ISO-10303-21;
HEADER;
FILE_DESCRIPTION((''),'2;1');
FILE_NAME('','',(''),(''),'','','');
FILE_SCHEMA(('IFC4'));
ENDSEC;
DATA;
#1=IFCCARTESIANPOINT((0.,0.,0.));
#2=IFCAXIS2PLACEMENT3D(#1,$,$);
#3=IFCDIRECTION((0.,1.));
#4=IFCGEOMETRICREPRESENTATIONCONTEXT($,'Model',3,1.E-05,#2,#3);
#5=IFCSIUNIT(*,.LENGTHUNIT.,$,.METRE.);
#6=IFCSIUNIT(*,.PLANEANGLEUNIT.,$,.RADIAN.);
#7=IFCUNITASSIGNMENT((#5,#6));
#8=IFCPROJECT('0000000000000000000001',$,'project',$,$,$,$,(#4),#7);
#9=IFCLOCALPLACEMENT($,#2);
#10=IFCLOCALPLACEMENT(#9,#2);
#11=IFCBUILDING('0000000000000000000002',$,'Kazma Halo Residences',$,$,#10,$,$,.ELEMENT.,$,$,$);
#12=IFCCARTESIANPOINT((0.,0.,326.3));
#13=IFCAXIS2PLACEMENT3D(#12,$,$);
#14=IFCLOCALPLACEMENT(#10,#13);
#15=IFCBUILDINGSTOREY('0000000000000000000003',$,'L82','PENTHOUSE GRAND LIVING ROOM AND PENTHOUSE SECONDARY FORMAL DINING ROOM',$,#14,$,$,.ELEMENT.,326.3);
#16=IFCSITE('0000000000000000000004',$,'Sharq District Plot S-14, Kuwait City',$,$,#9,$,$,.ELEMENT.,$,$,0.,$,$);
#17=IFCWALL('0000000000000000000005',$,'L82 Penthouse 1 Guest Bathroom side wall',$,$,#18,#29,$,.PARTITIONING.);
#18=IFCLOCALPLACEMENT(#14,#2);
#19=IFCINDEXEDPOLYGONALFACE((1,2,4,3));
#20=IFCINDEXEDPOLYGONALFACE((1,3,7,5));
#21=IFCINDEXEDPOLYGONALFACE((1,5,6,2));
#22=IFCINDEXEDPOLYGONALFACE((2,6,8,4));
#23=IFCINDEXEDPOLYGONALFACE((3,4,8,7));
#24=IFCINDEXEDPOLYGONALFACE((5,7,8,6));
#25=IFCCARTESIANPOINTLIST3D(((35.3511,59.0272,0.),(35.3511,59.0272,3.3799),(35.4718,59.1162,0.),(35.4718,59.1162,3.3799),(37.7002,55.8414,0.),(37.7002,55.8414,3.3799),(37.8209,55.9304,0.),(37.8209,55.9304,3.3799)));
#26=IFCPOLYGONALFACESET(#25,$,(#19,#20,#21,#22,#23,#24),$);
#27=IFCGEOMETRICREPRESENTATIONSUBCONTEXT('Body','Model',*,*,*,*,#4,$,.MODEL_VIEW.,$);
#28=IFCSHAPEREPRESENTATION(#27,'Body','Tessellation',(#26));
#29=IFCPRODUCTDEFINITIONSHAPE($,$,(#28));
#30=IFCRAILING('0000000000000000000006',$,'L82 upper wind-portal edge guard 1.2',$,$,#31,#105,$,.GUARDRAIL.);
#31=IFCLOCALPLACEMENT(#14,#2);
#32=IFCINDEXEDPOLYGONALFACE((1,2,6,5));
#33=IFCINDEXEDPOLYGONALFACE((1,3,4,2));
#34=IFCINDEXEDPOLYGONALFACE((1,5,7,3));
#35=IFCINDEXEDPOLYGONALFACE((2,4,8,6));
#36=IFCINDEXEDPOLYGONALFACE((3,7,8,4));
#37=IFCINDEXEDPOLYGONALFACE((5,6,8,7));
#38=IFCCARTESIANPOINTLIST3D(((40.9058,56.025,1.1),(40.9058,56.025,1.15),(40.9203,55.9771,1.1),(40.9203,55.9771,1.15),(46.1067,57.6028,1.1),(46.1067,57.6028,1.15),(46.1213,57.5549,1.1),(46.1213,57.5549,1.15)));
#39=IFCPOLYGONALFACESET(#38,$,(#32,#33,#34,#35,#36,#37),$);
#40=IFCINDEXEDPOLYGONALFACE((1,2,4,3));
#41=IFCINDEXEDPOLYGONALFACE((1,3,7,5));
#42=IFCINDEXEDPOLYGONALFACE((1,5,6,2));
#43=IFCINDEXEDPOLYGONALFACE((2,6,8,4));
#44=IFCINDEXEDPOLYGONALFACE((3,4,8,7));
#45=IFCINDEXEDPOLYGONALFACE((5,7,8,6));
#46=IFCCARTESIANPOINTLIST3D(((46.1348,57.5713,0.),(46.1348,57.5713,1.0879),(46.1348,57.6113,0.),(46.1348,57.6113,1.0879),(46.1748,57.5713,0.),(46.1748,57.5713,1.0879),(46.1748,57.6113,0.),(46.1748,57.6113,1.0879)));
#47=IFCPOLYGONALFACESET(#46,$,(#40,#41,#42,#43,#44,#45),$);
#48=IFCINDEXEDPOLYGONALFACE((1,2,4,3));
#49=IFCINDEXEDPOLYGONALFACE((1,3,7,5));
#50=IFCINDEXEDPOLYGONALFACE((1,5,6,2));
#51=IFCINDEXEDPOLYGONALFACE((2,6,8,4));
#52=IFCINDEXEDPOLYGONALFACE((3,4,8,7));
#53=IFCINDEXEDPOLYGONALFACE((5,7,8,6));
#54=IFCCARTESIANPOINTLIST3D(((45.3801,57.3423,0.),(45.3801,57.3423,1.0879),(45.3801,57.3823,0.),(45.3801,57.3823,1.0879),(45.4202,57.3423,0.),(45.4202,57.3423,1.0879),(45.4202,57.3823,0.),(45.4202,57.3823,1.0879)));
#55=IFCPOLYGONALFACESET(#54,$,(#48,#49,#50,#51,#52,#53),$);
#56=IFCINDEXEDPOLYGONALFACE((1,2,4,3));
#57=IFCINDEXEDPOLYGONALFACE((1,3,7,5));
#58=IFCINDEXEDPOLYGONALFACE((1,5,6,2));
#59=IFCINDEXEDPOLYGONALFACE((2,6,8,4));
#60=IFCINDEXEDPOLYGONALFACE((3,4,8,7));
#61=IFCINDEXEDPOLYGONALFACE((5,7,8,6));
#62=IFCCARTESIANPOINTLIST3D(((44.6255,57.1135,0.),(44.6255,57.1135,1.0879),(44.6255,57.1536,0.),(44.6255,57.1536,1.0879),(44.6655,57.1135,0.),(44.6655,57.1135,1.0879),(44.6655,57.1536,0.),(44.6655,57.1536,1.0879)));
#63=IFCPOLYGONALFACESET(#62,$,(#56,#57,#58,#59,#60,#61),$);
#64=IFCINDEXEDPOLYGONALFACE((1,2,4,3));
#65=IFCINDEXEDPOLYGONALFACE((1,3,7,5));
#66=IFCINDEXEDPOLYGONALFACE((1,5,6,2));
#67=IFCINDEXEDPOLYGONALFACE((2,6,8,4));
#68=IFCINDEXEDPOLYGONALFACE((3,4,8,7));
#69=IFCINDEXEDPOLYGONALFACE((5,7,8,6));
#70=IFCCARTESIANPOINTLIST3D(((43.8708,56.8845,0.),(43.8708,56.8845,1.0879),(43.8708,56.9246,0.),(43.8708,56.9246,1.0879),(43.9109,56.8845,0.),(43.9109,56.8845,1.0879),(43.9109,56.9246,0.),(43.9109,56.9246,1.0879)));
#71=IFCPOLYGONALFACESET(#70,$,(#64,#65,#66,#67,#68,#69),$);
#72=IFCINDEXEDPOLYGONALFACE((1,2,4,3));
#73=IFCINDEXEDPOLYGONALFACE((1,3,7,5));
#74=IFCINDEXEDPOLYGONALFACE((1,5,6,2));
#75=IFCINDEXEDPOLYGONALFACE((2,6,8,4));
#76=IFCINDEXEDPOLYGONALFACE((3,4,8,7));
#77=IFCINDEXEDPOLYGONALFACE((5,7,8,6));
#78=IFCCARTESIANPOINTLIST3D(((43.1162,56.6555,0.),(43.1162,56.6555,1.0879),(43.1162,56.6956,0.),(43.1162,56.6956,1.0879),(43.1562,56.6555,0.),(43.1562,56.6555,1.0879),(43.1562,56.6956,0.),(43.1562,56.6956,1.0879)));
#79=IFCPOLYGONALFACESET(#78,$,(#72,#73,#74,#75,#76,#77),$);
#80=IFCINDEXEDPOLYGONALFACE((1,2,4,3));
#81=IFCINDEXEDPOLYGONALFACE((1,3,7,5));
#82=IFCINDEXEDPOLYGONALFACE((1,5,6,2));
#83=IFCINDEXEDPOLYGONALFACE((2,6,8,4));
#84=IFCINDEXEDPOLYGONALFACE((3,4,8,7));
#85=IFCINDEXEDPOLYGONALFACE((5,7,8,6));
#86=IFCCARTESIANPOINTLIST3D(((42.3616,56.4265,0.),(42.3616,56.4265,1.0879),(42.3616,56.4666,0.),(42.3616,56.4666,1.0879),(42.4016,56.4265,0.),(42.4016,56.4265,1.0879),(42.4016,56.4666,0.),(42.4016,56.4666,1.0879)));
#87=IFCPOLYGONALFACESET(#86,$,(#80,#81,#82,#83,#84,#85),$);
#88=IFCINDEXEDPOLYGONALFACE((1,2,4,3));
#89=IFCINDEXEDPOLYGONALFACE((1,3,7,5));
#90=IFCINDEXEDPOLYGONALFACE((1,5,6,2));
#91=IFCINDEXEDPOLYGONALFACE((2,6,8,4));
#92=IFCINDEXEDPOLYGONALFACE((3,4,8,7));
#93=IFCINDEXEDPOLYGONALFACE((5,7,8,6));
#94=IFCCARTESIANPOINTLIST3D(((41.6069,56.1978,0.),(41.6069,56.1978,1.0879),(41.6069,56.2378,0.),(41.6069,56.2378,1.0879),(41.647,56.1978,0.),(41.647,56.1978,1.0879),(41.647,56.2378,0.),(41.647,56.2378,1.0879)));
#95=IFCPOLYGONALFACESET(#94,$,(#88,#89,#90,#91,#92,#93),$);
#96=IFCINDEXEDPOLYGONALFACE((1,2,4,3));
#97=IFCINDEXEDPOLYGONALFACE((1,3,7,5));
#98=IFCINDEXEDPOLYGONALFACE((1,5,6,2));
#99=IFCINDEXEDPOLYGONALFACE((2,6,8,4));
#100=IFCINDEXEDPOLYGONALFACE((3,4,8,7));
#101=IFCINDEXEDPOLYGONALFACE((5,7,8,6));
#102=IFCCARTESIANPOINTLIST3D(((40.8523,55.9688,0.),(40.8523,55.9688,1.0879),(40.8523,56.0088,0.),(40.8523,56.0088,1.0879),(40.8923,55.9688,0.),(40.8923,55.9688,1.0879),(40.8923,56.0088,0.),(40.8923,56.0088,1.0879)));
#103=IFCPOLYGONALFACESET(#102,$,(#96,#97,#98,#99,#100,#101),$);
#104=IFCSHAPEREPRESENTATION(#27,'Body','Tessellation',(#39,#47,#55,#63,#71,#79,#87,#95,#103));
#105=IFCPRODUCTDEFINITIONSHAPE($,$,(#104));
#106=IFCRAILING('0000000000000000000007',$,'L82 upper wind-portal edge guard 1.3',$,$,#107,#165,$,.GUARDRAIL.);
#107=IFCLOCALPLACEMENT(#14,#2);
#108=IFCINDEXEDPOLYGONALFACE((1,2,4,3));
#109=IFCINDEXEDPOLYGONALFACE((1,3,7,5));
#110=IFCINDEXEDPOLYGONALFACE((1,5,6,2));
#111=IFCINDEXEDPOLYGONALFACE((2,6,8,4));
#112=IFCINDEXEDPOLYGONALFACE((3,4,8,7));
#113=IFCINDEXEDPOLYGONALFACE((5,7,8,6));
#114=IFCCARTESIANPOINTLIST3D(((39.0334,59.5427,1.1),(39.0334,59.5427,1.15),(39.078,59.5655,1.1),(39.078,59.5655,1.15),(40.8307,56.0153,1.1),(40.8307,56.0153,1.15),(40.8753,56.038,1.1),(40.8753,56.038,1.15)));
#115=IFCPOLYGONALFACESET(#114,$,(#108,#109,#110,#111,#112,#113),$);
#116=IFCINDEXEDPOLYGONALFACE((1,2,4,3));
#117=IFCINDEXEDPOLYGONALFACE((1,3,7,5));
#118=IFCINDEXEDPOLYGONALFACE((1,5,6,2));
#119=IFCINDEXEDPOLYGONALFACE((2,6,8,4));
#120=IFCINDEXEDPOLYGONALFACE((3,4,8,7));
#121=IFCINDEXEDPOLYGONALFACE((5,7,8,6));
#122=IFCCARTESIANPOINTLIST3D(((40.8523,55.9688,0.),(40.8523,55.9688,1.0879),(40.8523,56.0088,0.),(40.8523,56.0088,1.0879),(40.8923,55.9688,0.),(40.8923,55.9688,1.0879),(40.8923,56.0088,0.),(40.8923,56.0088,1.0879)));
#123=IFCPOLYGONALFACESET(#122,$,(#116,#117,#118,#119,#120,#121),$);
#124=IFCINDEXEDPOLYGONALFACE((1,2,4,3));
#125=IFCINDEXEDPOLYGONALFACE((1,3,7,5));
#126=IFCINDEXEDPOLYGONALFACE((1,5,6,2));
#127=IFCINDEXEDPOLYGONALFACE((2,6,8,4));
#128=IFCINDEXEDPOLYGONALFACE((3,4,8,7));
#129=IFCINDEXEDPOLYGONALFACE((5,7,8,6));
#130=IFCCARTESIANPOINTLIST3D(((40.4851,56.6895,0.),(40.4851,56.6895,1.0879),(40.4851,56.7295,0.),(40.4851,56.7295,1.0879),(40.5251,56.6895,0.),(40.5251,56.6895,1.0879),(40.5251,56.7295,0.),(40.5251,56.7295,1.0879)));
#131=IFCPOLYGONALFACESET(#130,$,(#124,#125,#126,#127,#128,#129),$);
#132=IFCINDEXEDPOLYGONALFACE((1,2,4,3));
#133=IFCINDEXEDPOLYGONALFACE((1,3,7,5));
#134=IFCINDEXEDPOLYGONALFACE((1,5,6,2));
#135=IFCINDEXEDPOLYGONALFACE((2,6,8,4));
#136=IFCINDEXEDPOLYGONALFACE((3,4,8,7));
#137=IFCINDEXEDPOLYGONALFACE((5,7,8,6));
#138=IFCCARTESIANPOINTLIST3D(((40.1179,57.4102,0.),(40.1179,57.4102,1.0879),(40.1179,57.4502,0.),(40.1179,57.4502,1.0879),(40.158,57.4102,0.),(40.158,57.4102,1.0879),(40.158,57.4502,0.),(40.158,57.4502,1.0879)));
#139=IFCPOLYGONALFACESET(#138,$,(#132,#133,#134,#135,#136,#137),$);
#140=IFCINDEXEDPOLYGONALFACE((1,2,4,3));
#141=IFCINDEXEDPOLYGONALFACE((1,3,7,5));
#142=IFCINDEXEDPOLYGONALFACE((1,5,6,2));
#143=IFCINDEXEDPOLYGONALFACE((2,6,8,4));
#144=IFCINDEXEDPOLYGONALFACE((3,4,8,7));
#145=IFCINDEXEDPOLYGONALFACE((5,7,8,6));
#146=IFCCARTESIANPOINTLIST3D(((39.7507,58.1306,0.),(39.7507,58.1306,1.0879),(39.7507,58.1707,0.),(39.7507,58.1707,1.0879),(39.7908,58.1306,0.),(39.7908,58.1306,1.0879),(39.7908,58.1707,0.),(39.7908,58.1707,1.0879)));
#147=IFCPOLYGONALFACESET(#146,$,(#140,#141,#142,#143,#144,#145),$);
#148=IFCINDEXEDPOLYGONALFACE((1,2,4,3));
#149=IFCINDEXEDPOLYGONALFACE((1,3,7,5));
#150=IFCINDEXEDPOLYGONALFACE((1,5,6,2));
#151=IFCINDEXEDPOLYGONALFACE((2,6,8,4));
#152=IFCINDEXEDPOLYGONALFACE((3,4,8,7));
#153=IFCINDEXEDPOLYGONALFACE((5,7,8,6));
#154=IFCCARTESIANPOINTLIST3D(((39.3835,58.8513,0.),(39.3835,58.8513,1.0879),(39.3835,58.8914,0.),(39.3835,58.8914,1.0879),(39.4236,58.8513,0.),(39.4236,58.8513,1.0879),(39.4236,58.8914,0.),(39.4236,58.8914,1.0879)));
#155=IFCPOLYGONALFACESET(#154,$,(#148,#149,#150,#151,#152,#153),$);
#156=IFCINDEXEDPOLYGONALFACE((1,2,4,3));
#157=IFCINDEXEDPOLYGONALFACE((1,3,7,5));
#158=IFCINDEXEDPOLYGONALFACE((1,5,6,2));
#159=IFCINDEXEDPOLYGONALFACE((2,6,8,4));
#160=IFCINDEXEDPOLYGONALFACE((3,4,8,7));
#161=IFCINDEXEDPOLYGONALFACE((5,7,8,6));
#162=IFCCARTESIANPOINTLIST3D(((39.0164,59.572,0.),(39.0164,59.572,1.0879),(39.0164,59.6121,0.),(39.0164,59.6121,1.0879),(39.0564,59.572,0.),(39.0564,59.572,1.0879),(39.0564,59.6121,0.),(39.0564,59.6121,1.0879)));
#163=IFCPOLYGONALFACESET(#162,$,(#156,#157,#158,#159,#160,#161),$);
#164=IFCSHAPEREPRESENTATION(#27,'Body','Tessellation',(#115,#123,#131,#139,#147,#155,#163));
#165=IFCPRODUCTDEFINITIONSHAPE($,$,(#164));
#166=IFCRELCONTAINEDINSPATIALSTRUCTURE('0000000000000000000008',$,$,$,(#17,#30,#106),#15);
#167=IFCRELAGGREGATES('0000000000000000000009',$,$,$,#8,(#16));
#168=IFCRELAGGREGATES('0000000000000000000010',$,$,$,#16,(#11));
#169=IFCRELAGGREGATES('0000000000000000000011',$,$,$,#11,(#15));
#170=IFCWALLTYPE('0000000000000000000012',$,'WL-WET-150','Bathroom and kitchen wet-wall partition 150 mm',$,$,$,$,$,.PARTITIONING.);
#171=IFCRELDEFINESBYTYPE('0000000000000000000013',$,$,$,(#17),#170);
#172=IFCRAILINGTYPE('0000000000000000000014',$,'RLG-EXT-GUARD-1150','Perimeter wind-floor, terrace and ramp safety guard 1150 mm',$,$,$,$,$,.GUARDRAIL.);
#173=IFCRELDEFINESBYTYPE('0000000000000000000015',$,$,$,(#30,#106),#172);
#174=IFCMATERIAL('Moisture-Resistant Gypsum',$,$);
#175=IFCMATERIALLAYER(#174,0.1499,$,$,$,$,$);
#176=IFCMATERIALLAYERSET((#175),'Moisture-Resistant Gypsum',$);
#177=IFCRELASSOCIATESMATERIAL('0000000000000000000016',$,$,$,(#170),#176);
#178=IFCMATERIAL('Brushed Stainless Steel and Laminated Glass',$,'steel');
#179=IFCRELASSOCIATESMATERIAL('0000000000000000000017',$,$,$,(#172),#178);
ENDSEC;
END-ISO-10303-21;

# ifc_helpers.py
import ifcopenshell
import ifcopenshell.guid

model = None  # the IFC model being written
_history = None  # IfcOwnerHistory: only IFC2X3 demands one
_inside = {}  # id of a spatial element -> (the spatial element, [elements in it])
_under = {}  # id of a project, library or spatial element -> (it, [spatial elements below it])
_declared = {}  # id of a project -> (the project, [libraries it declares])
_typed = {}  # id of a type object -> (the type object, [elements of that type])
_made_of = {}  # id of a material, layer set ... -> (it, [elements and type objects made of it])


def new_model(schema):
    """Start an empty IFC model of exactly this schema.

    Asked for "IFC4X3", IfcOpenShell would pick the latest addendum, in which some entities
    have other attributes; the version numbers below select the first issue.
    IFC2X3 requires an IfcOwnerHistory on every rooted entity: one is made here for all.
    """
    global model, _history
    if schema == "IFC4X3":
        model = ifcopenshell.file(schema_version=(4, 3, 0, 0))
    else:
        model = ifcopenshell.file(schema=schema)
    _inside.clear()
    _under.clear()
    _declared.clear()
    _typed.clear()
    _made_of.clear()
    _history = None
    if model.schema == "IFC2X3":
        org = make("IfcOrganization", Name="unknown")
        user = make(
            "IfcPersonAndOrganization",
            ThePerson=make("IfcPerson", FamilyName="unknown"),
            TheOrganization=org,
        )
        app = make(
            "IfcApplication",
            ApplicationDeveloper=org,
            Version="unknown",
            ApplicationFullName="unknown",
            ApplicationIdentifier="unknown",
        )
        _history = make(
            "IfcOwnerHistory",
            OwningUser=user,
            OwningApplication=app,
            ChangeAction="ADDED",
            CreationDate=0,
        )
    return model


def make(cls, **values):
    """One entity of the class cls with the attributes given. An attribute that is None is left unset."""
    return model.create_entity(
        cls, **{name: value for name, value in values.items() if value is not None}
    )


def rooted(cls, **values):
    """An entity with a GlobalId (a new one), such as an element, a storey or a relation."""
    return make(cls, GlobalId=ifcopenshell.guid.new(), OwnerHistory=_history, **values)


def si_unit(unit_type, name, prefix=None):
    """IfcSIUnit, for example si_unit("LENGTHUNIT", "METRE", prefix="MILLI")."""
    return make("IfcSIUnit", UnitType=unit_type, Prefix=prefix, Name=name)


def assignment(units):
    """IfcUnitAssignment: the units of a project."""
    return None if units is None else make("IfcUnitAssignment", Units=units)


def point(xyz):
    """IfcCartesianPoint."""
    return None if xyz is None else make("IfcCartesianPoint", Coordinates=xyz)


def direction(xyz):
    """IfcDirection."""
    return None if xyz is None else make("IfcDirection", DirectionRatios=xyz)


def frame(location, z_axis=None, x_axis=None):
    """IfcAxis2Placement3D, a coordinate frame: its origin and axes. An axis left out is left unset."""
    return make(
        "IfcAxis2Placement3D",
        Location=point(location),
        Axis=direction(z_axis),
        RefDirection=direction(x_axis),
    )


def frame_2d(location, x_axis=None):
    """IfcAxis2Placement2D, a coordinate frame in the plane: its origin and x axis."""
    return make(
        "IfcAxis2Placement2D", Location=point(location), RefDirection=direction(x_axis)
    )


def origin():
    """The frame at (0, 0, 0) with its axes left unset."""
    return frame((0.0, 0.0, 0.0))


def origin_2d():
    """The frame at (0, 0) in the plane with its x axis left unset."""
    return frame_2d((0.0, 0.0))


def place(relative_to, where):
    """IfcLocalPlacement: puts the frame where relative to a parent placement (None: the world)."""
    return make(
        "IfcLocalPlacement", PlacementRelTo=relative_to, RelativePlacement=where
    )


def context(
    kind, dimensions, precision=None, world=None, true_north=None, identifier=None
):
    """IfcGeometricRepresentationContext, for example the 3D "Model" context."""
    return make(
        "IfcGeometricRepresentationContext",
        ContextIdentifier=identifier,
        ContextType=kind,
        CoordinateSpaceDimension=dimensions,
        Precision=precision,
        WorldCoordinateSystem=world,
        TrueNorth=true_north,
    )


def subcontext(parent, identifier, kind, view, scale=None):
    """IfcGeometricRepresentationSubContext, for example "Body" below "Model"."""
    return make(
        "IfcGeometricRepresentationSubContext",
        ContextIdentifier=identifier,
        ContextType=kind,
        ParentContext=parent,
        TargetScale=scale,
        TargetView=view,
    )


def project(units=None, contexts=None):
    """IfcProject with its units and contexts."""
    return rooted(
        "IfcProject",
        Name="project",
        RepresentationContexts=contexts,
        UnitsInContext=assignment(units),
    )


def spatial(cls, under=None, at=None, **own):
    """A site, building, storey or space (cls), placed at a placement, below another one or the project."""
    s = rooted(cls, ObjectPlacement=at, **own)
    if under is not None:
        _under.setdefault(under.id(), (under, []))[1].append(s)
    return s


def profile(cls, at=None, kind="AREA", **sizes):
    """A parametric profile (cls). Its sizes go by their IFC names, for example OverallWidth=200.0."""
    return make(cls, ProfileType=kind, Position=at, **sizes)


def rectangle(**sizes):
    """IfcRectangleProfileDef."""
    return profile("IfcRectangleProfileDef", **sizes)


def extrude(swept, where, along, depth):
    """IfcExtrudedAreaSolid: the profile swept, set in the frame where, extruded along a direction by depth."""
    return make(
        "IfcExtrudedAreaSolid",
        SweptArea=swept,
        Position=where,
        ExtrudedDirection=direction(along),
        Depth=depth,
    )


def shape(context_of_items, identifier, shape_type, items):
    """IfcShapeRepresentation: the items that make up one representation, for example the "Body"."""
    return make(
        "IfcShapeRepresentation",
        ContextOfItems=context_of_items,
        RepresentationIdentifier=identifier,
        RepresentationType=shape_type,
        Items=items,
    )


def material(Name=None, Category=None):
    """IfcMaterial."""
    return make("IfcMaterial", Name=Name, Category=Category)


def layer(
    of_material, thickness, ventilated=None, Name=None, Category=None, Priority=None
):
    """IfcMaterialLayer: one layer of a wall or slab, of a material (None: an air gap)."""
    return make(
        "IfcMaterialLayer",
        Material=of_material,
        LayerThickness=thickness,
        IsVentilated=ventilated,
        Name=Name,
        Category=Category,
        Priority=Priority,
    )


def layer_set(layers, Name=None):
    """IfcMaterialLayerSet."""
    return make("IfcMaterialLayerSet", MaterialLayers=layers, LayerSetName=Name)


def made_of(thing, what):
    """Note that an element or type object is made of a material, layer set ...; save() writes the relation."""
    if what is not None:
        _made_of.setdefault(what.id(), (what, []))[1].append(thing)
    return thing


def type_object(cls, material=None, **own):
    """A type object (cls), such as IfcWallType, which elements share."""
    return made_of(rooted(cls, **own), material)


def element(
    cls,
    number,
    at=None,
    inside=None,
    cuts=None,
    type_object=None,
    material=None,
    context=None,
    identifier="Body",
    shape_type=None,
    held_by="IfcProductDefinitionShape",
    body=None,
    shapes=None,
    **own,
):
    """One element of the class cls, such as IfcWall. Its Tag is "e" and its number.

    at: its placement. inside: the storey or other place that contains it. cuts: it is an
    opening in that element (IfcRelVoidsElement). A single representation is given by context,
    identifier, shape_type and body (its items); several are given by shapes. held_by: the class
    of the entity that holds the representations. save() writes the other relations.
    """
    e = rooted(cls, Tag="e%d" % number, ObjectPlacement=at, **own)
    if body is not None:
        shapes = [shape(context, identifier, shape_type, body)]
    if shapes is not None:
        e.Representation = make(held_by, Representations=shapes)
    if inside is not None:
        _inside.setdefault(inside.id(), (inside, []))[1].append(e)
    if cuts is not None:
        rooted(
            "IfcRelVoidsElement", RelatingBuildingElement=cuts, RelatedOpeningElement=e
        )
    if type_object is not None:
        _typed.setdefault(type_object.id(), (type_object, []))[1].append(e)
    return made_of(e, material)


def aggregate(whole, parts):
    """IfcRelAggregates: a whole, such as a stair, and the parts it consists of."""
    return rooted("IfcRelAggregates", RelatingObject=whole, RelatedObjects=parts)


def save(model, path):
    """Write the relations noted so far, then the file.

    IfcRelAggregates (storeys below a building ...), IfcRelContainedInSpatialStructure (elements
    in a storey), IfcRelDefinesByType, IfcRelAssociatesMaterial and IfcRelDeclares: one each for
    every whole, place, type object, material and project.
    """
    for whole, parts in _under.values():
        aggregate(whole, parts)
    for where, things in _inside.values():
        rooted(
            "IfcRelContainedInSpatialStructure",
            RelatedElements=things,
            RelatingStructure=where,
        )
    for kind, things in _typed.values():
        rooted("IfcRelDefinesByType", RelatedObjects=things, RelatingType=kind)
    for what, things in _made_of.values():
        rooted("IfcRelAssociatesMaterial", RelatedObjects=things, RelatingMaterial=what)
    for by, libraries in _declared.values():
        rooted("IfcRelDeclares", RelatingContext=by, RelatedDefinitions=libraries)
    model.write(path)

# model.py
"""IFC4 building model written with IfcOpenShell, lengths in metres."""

from ifc_helpers import new_model, si_unit, direction, frame, frame_2d, origin, origin_2d, place, context, subcontext, project, spatial, rectangle, extrude, material, layer, layer_set, type_object, element, save


model = new_model("IFC4")

# Units and contexts
model_context = context("Model", 3, precision=1e-05, world=origin(), true_north=direction((0.0, 1.0)))
body_context = subcontext(model_context, "Body", "Model", "MODEL_VIEW")
ifc_project = project(units=[si_unit("LENGTHUNIT", "METRE"), si_unit("PLANEANGLEUNIT", "RADIAN")], contexts=[model_context])

# Site, building, storey
site_placement = place(None, origin())
site = spatial("IfcSite", under=ifc_project, at=site_placement, Name="Sharq District Plot S-14, Kuwait City", CompositionType="ELEMENT", RefElevation=0.0)
building_placement = place(site_placement, origin())
building = spatial("IfcBuilding", under=site, at=building_placement, Name="Kazma Halo Residences", CompositionType="ELEMENT")
storey_placement = place(building_placement, frame((0.0, 0.0, 326.3)))
storey = spatial("IfcBuildingStorey", under=building, at=storey_placement, Name="L82", Description="PENTHOUSE GRAND LIVING ROOM AND PENTHOUSE SECONDARY FORMAL DINING ROOM", CompositionType="ELEMENT", Elevation=326.3)

# Shared definitions
ifc_material_1 = material(Name="Moisture-Resistant Gypsum")
ifc_layer_1 = layer(ifc_material_1, 0.1499)
ifc_layer_set_1 = layer_set([ifc_layer_1], Name="Moisture-Resistant Gypsum")
wall_type_1 = type_object("IfcWallType", Name="WL-WET-150", Description="Bathroom and kitchen wet-wall partition 150 mm", PredefinedType="PARTITIONING", material=ifc_layer_set_1)

# Wall
wall_1_placement = place(storey_placement, frame((37.7605, 55.886, 0.0), z_axis=(0.0, 0.0, 1.0), x_axis=(-0.593477, 0.804851, 0.0)))
element("IfcWall", 1, at=wall_1_placement, inside=storey, type_object=wall_type_1, Name="L82 Penthouse 1 Guest Bathroom side wall", PredefinedType="PARTITIONING", context=body_context, shape_type="SweptSolid", body=[
    extrude(rectangle(XDim=3.9583, YDim=0.1499, at=frame_2d((1.979, 0.0))), origin(), (0.0, 0.0, 1.0), 3.3799),
])

# Railings
ifc_material_2 = material(Name="Brushed Stainless Steel and Laminated Glass", Category="steel")
railing_type = type_object("IfcRailingType", Name="RLG-EXT-GUARD-1150", Description="Perimeter wind-floor, terrace and ramp safety guard 1150 mm", PredefinedType="GUARDRAIL", material=ifc_material_2)
railing_1_placement = place(storey_placement, frame((46.1548, 57.5913, 0.0)))
element("IfcRailing", 2, at=railing_1_placement, inside=storey, type_object=railing_type, Name="L82 upper wind-portal edge guard 1.2", PredefinedType="GUARDRAIL", context=body_context, shape_type="SweptSolid", body=[
    extrude(rectangle(XDim=0.05, YDim=0.05, at=origin_2d()), frame((-0.0408, -0.0125, 1.125), z_axis=(-0.956934, -0.290304, 0.0), x_axis=(0.290304, -0.956934, 0.0)), (0.0, 0.0, 1.0), 5.4351),
    extrude(rectangle(XDim=0.04, YDim=0.04, at=origin_2d()), origin(), (0.0, 0.0, 1.0), 1.0879),
    extrude(rectangle(XDim=0.04, YDim=0.04, at=origin_2d()), frame((-0.7546, -0.229, 0.0)), (0.0, 0.0, 1.0), 1.0879),
    extrude(rectangle(XDim=0.04, YDim=0.04, at=origin_2d()), frame((-1.5093, -0.4578, 0.0)), (0.0, 0.0, 1.0), 1.0879),
    extrude(rectangle(XDim=0.04, YDim=0.04, at=origin_2d()), frame((-2.2639, -0.6868, 0.0)), (0.0, 0.0, 1.0), 1.0879),
    extrude(rectangle(XDim=0.04, YDim=0.04, at=origin_2d()), frame((-3.0186, -0.9158, 0.0)), (0.0, 0.0, 1.0), 1.0879),
    extrude(rectangle(XDim=0.04, YDim=0.04, at=origin_2d()), frame((-3.7732, -1.1448, 0.0)), (0.0, 0.0, 1.0), 1.0879),
    extrude(rectangle(XDim=0.04, YDim=0.04, at=origin_2d()), frame((-4.5278, -1.3735, 0.0)), (0.0, 0.0, 1.0), 1.0879),
    extrude(rectangle(XDim=0.04, YDim=0.04, at=origin_2d()), frame((-5.2825, -1.6025, 0.0)), (0.0, 0.0, 1.0), 1.0879),
])
railing_2_placement = place(storey_placement, frame((40.8723, 55.9888, 0.0)))
element("IfcRailing", 3, at=railing_2_placement, inside=storey, type_object=railing_type, Name="L82 upper wind-portal edge guard 1.3", PredefinedType="GUARDRAIL", context=body_context, shape_type="SweptSolid", body=[
    extrude(rectangle(XDim=0.05, YDim=0.05, at=origin_2d()), frame((-0.0193, 0.0378, 1.125), z_axis=(-0.453986, 0.891009, 0.0), x_axis=(-0.891009, -0.453986, 0.0)), (0.0, 0.0, 1.0), 3.959),
    extrude(rectangle(XDim=0.04, YDim=0.04, at=origin_2d()), origin(), (0.0, 0.0, 1.0), 1.0879),
    extrude(rectangle(XDim=0.04, YDim=0.04, at=origin_2d()), frame((-0.3672, 0.7207, 0.0)), (0.0, 0.0, 1.0), 1.0879),
    extrude(rectangle(XDim=0.04, YDim=0.04, at=origin_2d()), frame((-0.7344, 1.4414, 0.0)), (0.0, 0.0, 1.0), 1.0879),
    extrude(rectangle(XDim=0.04, YDim=0.04, at=origin_2d()), frame((-1.1016, 2.1619, 0.0)), (0.0, 0.0, 1.0), 1.0879),
    extrude(rectangle(XDim=0.04, YDim=0.04, at=origin_2d()), frame((-1.4688, 2.8826, 0.0)), (0.0, 0.0, 1.0), 1.0879),
    extrude(rectangle(XDim=0.04, YDim=0.04, at=origin_2d()), frame((-1.8359, 3.6033, 0.0)), (0.0, 0.0, 1.0), 1.0879),
])

save(model, "model.ifc")
